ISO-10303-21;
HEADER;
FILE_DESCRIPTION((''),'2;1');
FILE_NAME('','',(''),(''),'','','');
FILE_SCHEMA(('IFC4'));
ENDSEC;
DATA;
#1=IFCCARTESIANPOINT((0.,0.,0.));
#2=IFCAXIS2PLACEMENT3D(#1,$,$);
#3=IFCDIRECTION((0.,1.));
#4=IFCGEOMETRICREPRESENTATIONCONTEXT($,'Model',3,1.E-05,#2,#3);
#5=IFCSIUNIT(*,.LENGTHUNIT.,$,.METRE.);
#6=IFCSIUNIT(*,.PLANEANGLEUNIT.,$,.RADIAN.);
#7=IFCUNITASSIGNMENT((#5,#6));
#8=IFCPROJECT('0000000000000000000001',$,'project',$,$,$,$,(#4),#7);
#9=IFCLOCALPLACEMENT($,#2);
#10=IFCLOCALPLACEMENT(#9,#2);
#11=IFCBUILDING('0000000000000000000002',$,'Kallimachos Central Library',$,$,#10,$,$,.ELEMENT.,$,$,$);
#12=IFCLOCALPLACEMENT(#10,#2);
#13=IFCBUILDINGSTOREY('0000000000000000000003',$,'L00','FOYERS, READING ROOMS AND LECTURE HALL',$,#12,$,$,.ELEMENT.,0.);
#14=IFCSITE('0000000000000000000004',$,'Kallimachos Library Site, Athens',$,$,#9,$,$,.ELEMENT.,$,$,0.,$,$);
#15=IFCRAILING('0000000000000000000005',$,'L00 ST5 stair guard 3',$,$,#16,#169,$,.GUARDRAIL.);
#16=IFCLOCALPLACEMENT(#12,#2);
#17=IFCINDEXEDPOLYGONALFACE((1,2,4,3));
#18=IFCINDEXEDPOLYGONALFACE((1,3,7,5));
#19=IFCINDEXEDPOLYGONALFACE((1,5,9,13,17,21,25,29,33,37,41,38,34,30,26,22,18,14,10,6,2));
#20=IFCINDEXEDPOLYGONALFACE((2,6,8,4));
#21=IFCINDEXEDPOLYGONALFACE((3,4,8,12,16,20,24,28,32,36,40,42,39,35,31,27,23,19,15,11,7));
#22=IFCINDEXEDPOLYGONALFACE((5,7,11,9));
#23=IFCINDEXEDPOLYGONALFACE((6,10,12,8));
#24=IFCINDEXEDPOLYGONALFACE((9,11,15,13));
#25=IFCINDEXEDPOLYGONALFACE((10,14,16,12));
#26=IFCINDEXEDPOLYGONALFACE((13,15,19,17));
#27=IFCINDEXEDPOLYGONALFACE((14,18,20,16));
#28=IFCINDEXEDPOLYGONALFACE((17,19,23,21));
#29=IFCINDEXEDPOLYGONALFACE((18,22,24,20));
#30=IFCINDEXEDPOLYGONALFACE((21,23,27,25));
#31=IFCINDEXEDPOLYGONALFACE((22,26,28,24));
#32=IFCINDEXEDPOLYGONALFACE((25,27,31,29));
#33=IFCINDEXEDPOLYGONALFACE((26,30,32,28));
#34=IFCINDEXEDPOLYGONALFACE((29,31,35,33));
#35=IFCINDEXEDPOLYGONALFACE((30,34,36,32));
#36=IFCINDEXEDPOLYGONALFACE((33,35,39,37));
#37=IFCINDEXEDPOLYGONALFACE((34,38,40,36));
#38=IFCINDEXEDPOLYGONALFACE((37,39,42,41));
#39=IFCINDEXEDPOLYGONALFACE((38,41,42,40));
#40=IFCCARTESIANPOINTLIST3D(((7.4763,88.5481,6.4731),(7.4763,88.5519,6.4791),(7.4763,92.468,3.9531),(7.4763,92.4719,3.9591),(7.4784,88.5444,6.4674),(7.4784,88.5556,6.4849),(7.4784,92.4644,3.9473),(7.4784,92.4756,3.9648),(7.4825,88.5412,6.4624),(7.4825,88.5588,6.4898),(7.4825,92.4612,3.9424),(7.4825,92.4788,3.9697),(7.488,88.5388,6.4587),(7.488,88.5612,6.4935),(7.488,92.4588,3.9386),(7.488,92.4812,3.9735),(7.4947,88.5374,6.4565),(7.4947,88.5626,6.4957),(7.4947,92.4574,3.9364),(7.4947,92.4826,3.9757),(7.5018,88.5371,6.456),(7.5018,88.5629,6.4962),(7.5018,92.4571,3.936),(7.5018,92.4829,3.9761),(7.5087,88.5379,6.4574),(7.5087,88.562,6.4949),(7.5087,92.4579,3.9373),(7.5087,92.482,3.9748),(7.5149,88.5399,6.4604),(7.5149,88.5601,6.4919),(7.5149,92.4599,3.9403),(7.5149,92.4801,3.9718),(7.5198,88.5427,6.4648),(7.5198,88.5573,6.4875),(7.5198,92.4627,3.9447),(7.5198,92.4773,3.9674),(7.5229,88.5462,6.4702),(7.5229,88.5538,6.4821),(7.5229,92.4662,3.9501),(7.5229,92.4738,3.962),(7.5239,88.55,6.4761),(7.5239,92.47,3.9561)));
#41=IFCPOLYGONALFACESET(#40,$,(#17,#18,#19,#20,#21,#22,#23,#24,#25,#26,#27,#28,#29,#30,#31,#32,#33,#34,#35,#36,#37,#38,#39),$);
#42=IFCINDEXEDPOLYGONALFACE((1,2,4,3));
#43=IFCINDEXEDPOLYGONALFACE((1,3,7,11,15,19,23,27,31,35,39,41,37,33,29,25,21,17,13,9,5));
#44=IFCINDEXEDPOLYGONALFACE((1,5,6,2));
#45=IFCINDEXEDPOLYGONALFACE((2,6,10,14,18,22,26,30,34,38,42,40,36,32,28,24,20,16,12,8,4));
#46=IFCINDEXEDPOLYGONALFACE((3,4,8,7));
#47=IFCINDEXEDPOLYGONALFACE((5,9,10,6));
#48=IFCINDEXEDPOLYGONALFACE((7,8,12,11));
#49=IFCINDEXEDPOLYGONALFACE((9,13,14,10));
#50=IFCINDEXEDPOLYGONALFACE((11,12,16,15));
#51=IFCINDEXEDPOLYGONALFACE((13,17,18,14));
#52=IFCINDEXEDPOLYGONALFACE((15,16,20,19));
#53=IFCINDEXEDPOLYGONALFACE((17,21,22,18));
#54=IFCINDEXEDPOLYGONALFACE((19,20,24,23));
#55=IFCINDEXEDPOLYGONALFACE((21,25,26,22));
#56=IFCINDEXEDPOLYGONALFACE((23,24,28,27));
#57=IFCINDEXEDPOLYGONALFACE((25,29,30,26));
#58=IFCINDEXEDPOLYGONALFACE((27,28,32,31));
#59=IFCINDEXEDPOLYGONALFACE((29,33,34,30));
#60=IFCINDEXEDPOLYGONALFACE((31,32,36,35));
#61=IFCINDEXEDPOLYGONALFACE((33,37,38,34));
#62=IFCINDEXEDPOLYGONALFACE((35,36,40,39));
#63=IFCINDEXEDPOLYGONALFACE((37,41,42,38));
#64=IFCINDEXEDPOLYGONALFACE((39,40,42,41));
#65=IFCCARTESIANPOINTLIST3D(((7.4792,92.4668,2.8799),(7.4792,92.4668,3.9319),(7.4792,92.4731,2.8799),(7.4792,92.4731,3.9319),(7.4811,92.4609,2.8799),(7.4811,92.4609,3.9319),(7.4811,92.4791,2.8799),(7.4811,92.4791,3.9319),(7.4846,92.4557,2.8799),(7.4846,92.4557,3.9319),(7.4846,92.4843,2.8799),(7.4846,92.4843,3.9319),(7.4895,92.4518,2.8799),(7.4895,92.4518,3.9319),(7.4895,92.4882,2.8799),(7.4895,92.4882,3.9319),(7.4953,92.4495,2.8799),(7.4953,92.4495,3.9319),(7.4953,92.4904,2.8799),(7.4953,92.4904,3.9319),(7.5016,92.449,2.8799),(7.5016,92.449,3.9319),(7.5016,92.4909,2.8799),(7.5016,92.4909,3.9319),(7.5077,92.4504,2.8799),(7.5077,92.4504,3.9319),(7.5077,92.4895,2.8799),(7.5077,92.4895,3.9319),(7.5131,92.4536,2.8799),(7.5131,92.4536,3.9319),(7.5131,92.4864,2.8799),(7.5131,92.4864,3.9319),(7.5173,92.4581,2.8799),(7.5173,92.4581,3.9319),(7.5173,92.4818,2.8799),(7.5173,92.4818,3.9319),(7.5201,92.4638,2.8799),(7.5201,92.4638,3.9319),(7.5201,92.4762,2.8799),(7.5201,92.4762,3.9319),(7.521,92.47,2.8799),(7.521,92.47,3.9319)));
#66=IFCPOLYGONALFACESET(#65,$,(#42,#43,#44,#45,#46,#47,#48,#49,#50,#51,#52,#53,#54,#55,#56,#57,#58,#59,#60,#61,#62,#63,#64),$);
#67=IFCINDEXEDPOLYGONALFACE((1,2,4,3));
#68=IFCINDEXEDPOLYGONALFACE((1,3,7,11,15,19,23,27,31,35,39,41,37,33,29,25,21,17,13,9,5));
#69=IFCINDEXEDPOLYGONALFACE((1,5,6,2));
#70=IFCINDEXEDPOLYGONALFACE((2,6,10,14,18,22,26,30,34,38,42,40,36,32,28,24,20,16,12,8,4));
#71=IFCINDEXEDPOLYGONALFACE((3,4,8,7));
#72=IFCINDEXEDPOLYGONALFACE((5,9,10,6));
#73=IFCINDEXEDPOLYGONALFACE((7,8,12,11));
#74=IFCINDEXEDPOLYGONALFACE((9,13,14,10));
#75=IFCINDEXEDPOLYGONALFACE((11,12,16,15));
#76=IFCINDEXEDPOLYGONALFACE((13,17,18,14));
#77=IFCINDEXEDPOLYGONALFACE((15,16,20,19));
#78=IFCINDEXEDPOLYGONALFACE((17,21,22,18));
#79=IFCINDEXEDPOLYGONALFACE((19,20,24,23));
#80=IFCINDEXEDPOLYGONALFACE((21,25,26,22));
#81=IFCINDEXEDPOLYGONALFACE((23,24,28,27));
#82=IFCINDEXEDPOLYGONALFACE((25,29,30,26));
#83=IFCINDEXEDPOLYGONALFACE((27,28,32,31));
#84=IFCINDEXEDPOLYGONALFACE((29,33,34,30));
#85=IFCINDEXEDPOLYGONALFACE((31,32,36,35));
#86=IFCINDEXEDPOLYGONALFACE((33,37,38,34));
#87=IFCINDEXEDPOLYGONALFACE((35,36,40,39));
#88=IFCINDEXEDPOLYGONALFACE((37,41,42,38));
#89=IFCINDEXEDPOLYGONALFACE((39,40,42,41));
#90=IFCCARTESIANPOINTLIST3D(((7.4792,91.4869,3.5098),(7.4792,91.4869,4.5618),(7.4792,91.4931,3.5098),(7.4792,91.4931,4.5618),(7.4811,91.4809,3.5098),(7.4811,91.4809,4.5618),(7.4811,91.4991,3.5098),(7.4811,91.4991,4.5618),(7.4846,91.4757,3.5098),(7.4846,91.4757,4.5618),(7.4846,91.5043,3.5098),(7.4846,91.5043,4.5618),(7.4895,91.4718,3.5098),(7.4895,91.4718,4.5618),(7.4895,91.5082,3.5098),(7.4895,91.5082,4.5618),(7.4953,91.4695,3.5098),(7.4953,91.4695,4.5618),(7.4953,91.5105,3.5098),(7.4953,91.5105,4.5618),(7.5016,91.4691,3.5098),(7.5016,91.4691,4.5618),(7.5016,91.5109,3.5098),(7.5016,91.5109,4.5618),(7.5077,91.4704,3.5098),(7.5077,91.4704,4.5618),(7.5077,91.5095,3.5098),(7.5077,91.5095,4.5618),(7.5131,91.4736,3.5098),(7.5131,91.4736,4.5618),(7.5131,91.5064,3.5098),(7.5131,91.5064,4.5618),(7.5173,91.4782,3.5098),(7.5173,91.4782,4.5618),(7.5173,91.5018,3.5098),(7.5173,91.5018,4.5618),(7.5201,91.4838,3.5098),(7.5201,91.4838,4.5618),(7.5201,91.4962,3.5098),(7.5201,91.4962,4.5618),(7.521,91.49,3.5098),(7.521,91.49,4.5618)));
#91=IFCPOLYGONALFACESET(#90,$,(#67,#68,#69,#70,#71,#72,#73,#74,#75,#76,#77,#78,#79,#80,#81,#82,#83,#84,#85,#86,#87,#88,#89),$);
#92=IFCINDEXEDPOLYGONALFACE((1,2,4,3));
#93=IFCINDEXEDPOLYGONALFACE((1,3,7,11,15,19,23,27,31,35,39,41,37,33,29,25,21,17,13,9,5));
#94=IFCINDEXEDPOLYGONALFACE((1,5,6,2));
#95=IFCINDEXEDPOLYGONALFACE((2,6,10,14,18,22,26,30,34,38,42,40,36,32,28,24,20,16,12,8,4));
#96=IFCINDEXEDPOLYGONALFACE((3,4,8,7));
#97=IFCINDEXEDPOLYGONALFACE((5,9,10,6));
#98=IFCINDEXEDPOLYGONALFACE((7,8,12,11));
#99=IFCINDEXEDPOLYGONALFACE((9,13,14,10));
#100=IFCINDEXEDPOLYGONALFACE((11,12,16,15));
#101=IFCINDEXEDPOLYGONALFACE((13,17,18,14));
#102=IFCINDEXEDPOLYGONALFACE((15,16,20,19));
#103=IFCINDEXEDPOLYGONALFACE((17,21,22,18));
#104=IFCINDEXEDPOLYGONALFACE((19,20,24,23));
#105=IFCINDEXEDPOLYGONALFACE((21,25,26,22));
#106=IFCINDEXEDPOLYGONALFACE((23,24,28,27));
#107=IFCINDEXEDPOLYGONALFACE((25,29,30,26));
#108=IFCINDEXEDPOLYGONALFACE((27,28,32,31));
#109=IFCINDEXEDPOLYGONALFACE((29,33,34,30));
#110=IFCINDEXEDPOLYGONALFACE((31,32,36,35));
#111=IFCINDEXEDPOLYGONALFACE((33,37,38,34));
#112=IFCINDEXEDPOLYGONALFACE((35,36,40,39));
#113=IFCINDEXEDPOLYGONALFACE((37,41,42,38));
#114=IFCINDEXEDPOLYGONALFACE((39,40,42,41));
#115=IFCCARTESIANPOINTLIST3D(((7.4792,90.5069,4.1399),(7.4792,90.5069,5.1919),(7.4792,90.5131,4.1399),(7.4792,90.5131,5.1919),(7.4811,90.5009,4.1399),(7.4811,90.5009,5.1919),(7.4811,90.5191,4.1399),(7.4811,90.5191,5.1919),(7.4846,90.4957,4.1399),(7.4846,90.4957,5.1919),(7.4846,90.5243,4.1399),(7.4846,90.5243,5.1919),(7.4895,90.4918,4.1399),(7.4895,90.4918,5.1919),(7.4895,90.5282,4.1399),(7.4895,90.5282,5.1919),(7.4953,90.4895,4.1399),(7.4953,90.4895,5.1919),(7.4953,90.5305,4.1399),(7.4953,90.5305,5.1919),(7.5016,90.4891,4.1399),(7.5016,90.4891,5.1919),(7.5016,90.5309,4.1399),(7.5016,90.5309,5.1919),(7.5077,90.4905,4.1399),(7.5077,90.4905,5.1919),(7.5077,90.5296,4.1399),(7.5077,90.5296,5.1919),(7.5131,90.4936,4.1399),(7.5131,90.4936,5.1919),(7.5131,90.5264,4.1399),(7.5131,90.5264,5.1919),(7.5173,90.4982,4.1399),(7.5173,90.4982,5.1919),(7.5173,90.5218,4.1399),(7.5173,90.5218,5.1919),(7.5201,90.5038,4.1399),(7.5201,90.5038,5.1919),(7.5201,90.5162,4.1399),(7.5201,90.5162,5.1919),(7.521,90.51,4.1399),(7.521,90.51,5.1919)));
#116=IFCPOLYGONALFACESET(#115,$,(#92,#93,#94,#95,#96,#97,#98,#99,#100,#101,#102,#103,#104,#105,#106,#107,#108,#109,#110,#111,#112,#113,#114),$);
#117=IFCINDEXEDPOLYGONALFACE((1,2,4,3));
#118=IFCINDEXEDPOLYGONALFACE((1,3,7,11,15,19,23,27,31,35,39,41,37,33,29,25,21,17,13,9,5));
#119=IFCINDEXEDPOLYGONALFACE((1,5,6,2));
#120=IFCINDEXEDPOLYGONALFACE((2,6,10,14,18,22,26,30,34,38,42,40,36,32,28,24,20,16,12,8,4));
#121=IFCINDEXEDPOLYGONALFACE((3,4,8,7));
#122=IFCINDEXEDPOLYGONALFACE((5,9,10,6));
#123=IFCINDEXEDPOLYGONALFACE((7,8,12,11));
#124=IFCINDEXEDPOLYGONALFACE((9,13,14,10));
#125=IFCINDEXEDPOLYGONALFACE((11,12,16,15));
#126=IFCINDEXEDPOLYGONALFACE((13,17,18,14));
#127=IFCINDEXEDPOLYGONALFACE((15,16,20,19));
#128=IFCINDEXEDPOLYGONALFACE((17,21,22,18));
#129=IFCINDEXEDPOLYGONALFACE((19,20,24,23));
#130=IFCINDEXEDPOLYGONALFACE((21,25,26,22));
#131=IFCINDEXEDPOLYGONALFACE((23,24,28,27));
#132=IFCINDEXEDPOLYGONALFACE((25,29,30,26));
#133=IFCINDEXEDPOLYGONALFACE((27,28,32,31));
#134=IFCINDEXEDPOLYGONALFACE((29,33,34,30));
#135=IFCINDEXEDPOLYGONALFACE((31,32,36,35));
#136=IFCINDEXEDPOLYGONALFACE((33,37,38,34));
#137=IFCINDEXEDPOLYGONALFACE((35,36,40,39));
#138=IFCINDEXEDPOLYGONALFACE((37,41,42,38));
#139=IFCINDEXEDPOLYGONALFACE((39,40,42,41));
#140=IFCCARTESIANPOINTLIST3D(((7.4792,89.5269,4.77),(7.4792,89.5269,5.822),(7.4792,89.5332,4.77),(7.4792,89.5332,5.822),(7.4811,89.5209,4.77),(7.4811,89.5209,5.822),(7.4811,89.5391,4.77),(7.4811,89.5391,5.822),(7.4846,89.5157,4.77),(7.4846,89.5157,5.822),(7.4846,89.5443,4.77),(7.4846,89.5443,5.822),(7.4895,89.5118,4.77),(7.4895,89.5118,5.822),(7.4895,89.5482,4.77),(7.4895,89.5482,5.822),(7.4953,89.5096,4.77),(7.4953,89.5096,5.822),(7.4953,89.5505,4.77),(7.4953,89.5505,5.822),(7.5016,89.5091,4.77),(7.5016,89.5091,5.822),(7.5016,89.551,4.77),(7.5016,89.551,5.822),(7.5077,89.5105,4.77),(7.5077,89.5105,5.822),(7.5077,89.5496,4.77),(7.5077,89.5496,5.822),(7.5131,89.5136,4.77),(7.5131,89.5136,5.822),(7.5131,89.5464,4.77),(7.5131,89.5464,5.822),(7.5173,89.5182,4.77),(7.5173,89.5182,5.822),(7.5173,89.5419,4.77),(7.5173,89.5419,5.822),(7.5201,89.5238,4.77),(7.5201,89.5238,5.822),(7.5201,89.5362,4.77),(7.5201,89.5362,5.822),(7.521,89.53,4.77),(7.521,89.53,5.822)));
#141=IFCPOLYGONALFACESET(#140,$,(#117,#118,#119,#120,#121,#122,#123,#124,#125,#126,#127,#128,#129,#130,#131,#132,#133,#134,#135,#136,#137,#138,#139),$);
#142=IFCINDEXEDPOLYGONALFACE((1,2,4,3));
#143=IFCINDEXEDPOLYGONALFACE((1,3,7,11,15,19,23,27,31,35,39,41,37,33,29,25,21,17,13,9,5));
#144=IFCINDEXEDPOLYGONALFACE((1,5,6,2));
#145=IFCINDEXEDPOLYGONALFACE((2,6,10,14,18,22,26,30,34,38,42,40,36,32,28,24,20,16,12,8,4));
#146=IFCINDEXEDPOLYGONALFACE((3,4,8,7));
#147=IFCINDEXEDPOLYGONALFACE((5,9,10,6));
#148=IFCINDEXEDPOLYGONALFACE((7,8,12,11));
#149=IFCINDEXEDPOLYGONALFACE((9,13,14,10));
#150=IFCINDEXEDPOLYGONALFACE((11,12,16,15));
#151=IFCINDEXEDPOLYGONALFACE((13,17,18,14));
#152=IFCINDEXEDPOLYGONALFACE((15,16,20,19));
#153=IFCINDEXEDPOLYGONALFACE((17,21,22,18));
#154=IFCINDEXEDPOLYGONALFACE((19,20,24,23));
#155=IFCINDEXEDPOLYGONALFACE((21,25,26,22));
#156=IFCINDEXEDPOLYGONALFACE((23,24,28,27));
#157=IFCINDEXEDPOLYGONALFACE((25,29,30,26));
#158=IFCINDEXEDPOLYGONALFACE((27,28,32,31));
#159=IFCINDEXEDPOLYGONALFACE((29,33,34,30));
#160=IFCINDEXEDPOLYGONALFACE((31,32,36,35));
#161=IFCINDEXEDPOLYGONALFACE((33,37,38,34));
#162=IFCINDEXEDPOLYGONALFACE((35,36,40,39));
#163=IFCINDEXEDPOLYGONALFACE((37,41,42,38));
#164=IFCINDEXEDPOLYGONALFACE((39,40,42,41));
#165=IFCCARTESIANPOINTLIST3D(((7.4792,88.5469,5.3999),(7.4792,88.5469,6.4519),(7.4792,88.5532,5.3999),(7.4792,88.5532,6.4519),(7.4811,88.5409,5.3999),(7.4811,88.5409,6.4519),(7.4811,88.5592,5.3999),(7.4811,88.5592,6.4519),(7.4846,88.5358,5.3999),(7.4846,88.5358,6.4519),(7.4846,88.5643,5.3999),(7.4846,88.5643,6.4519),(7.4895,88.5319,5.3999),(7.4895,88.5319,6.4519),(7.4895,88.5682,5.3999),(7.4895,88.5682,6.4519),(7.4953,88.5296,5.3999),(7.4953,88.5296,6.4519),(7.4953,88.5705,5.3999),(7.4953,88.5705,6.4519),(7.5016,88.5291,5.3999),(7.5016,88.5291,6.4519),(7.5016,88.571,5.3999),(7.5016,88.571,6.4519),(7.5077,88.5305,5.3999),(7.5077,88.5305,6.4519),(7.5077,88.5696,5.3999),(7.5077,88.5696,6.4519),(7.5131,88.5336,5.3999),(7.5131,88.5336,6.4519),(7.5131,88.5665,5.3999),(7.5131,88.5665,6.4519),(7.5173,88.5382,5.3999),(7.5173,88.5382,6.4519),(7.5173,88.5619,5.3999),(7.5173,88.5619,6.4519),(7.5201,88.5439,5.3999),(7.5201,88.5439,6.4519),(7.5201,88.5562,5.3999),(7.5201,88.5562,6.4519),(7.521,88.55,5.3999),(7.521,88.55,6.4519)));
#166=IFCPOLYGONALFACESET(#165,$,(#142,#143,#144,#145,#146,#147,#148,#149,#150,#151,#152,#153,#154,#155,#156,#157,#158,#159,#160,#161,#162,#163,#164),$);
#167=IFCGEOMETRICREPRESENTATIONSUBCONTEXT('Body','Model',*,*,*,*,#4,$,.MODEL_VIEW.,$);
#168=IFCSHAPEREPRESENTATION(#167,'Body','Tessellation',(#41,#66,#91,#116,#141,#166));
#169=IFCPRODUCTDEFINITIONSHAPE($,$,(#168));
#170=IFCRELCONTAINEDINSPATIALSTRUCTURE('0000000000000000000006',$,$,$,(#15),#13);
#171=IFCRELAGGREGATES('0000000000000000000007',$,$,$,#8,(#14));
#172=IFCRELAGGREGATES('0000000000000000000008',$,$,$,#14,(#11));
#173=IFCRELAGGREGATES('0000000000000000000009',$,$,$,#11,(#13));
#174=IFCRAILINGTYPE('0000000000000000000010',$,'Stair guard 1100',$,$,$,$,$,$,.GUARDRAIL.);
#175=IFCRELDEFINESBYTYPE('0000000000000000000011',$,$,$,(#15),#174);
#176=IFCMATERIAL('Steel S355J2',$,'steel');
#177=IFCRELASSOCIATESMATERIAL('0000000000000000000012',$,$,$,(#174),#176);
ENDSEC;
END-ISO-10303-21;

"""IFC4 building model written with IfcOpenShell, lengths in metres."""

from ifc_helpers import new_model, si_unit, direction, frame, origin, origin_2d, place, context, subcontext, project, spatial, circle, extrude, material, type_object, element, save


model = new_model("IFC4")

# Units and contexts
model_context = context("Model", 3, precision=1e-05, world=origin(), true_north=direction((0.0, 1.0)))
body_context = subcontext(model_context, "Body", "Model", "MODEL_VIEW")
ifc_project = project(units=[si_unit("LENGTHUNIT", "METRE"), si_unit("PLANEANGLEUNIT", "RADIAN")], contexts=[model_context])

# Site, building, storey
site_placement = place(None, origin())
site = spatial("IfcSite", under=ifc_project, at=site_placement, Name="Kallimachos Library Site, Athens", CompositionType="ELEMENT", RefElevation=0.0)
building_placement = place(site_placement, origin())
building = spatial("IfcBuilding", under=site, at=building_placement, Name="Kallimachos Central Library", CompositionType="ELEMENT")
storey_placement = place(building_placement, origin())
storey = spatial("IfcBuildingStorey", under=building, at=storey_placement, Name="L00", Description="FOYERS, READING ROOMS AND LECTURE HALL", CompositionType="ELEMENT", Elevation=0.0)

# Railing
ifc_material_1 = material(Name="Steel S355J2", Category="steel")
railing_type_1 = type_object("IfcRailingType", Name="Stair guard 1100", PredefinedType="GUARDRAIL", material=ifc_material_1)
railing_1_placement = place(storey_placement, frame((7.5, 92.47, 2.8799)))
element("IfcRailing", 1, at=railing_1_placement, inside=storey, type_object=railing_type_1, Name="L00 ST5 stair guard 3", PredefinedType="GUARDRAIL", context=body_context, shape_type="SweptSolid", body=[
    extrude(circle(Radius=0.0239, at=origin_2d()), frame((0.0, 0.0, 1.0762), z_axis=(0.0, -0.841172, 0.540768), x_axis=(1.0, 0.0, 0.0)), (0.0, 0.0, 1.0), 4.6602),
    extrude(circle(Radius=0.021, at=origin_2d()), origin(), (0.0, 0.0, 1.0), 1.052),
    extrude(circle(Radius=0.021, at=origin_2d()), frame((0.0, -0.98, 0.6299)), (0.0, 0.0, 1.0), 1.052),
    extrude(circle(Radius=0.021, at=origin_2d()), frame((0.0, -1.96, 1.26)), (0.0, 0.0, 1.0), 1.052),
    extrude(circle(Radius=0.021, at=origin_2d()), frame((0.0, -2.9399, 1.8901)), (0.0, 0.0, 1.0), 1.052),
    extrude(circle(Radius=0.021, at=origin_2d()), frame((0.0, -3.9199, 2.52)), (0.0, 0.0, 1.0), 1.052),
])

save(model, "model.ifc")
